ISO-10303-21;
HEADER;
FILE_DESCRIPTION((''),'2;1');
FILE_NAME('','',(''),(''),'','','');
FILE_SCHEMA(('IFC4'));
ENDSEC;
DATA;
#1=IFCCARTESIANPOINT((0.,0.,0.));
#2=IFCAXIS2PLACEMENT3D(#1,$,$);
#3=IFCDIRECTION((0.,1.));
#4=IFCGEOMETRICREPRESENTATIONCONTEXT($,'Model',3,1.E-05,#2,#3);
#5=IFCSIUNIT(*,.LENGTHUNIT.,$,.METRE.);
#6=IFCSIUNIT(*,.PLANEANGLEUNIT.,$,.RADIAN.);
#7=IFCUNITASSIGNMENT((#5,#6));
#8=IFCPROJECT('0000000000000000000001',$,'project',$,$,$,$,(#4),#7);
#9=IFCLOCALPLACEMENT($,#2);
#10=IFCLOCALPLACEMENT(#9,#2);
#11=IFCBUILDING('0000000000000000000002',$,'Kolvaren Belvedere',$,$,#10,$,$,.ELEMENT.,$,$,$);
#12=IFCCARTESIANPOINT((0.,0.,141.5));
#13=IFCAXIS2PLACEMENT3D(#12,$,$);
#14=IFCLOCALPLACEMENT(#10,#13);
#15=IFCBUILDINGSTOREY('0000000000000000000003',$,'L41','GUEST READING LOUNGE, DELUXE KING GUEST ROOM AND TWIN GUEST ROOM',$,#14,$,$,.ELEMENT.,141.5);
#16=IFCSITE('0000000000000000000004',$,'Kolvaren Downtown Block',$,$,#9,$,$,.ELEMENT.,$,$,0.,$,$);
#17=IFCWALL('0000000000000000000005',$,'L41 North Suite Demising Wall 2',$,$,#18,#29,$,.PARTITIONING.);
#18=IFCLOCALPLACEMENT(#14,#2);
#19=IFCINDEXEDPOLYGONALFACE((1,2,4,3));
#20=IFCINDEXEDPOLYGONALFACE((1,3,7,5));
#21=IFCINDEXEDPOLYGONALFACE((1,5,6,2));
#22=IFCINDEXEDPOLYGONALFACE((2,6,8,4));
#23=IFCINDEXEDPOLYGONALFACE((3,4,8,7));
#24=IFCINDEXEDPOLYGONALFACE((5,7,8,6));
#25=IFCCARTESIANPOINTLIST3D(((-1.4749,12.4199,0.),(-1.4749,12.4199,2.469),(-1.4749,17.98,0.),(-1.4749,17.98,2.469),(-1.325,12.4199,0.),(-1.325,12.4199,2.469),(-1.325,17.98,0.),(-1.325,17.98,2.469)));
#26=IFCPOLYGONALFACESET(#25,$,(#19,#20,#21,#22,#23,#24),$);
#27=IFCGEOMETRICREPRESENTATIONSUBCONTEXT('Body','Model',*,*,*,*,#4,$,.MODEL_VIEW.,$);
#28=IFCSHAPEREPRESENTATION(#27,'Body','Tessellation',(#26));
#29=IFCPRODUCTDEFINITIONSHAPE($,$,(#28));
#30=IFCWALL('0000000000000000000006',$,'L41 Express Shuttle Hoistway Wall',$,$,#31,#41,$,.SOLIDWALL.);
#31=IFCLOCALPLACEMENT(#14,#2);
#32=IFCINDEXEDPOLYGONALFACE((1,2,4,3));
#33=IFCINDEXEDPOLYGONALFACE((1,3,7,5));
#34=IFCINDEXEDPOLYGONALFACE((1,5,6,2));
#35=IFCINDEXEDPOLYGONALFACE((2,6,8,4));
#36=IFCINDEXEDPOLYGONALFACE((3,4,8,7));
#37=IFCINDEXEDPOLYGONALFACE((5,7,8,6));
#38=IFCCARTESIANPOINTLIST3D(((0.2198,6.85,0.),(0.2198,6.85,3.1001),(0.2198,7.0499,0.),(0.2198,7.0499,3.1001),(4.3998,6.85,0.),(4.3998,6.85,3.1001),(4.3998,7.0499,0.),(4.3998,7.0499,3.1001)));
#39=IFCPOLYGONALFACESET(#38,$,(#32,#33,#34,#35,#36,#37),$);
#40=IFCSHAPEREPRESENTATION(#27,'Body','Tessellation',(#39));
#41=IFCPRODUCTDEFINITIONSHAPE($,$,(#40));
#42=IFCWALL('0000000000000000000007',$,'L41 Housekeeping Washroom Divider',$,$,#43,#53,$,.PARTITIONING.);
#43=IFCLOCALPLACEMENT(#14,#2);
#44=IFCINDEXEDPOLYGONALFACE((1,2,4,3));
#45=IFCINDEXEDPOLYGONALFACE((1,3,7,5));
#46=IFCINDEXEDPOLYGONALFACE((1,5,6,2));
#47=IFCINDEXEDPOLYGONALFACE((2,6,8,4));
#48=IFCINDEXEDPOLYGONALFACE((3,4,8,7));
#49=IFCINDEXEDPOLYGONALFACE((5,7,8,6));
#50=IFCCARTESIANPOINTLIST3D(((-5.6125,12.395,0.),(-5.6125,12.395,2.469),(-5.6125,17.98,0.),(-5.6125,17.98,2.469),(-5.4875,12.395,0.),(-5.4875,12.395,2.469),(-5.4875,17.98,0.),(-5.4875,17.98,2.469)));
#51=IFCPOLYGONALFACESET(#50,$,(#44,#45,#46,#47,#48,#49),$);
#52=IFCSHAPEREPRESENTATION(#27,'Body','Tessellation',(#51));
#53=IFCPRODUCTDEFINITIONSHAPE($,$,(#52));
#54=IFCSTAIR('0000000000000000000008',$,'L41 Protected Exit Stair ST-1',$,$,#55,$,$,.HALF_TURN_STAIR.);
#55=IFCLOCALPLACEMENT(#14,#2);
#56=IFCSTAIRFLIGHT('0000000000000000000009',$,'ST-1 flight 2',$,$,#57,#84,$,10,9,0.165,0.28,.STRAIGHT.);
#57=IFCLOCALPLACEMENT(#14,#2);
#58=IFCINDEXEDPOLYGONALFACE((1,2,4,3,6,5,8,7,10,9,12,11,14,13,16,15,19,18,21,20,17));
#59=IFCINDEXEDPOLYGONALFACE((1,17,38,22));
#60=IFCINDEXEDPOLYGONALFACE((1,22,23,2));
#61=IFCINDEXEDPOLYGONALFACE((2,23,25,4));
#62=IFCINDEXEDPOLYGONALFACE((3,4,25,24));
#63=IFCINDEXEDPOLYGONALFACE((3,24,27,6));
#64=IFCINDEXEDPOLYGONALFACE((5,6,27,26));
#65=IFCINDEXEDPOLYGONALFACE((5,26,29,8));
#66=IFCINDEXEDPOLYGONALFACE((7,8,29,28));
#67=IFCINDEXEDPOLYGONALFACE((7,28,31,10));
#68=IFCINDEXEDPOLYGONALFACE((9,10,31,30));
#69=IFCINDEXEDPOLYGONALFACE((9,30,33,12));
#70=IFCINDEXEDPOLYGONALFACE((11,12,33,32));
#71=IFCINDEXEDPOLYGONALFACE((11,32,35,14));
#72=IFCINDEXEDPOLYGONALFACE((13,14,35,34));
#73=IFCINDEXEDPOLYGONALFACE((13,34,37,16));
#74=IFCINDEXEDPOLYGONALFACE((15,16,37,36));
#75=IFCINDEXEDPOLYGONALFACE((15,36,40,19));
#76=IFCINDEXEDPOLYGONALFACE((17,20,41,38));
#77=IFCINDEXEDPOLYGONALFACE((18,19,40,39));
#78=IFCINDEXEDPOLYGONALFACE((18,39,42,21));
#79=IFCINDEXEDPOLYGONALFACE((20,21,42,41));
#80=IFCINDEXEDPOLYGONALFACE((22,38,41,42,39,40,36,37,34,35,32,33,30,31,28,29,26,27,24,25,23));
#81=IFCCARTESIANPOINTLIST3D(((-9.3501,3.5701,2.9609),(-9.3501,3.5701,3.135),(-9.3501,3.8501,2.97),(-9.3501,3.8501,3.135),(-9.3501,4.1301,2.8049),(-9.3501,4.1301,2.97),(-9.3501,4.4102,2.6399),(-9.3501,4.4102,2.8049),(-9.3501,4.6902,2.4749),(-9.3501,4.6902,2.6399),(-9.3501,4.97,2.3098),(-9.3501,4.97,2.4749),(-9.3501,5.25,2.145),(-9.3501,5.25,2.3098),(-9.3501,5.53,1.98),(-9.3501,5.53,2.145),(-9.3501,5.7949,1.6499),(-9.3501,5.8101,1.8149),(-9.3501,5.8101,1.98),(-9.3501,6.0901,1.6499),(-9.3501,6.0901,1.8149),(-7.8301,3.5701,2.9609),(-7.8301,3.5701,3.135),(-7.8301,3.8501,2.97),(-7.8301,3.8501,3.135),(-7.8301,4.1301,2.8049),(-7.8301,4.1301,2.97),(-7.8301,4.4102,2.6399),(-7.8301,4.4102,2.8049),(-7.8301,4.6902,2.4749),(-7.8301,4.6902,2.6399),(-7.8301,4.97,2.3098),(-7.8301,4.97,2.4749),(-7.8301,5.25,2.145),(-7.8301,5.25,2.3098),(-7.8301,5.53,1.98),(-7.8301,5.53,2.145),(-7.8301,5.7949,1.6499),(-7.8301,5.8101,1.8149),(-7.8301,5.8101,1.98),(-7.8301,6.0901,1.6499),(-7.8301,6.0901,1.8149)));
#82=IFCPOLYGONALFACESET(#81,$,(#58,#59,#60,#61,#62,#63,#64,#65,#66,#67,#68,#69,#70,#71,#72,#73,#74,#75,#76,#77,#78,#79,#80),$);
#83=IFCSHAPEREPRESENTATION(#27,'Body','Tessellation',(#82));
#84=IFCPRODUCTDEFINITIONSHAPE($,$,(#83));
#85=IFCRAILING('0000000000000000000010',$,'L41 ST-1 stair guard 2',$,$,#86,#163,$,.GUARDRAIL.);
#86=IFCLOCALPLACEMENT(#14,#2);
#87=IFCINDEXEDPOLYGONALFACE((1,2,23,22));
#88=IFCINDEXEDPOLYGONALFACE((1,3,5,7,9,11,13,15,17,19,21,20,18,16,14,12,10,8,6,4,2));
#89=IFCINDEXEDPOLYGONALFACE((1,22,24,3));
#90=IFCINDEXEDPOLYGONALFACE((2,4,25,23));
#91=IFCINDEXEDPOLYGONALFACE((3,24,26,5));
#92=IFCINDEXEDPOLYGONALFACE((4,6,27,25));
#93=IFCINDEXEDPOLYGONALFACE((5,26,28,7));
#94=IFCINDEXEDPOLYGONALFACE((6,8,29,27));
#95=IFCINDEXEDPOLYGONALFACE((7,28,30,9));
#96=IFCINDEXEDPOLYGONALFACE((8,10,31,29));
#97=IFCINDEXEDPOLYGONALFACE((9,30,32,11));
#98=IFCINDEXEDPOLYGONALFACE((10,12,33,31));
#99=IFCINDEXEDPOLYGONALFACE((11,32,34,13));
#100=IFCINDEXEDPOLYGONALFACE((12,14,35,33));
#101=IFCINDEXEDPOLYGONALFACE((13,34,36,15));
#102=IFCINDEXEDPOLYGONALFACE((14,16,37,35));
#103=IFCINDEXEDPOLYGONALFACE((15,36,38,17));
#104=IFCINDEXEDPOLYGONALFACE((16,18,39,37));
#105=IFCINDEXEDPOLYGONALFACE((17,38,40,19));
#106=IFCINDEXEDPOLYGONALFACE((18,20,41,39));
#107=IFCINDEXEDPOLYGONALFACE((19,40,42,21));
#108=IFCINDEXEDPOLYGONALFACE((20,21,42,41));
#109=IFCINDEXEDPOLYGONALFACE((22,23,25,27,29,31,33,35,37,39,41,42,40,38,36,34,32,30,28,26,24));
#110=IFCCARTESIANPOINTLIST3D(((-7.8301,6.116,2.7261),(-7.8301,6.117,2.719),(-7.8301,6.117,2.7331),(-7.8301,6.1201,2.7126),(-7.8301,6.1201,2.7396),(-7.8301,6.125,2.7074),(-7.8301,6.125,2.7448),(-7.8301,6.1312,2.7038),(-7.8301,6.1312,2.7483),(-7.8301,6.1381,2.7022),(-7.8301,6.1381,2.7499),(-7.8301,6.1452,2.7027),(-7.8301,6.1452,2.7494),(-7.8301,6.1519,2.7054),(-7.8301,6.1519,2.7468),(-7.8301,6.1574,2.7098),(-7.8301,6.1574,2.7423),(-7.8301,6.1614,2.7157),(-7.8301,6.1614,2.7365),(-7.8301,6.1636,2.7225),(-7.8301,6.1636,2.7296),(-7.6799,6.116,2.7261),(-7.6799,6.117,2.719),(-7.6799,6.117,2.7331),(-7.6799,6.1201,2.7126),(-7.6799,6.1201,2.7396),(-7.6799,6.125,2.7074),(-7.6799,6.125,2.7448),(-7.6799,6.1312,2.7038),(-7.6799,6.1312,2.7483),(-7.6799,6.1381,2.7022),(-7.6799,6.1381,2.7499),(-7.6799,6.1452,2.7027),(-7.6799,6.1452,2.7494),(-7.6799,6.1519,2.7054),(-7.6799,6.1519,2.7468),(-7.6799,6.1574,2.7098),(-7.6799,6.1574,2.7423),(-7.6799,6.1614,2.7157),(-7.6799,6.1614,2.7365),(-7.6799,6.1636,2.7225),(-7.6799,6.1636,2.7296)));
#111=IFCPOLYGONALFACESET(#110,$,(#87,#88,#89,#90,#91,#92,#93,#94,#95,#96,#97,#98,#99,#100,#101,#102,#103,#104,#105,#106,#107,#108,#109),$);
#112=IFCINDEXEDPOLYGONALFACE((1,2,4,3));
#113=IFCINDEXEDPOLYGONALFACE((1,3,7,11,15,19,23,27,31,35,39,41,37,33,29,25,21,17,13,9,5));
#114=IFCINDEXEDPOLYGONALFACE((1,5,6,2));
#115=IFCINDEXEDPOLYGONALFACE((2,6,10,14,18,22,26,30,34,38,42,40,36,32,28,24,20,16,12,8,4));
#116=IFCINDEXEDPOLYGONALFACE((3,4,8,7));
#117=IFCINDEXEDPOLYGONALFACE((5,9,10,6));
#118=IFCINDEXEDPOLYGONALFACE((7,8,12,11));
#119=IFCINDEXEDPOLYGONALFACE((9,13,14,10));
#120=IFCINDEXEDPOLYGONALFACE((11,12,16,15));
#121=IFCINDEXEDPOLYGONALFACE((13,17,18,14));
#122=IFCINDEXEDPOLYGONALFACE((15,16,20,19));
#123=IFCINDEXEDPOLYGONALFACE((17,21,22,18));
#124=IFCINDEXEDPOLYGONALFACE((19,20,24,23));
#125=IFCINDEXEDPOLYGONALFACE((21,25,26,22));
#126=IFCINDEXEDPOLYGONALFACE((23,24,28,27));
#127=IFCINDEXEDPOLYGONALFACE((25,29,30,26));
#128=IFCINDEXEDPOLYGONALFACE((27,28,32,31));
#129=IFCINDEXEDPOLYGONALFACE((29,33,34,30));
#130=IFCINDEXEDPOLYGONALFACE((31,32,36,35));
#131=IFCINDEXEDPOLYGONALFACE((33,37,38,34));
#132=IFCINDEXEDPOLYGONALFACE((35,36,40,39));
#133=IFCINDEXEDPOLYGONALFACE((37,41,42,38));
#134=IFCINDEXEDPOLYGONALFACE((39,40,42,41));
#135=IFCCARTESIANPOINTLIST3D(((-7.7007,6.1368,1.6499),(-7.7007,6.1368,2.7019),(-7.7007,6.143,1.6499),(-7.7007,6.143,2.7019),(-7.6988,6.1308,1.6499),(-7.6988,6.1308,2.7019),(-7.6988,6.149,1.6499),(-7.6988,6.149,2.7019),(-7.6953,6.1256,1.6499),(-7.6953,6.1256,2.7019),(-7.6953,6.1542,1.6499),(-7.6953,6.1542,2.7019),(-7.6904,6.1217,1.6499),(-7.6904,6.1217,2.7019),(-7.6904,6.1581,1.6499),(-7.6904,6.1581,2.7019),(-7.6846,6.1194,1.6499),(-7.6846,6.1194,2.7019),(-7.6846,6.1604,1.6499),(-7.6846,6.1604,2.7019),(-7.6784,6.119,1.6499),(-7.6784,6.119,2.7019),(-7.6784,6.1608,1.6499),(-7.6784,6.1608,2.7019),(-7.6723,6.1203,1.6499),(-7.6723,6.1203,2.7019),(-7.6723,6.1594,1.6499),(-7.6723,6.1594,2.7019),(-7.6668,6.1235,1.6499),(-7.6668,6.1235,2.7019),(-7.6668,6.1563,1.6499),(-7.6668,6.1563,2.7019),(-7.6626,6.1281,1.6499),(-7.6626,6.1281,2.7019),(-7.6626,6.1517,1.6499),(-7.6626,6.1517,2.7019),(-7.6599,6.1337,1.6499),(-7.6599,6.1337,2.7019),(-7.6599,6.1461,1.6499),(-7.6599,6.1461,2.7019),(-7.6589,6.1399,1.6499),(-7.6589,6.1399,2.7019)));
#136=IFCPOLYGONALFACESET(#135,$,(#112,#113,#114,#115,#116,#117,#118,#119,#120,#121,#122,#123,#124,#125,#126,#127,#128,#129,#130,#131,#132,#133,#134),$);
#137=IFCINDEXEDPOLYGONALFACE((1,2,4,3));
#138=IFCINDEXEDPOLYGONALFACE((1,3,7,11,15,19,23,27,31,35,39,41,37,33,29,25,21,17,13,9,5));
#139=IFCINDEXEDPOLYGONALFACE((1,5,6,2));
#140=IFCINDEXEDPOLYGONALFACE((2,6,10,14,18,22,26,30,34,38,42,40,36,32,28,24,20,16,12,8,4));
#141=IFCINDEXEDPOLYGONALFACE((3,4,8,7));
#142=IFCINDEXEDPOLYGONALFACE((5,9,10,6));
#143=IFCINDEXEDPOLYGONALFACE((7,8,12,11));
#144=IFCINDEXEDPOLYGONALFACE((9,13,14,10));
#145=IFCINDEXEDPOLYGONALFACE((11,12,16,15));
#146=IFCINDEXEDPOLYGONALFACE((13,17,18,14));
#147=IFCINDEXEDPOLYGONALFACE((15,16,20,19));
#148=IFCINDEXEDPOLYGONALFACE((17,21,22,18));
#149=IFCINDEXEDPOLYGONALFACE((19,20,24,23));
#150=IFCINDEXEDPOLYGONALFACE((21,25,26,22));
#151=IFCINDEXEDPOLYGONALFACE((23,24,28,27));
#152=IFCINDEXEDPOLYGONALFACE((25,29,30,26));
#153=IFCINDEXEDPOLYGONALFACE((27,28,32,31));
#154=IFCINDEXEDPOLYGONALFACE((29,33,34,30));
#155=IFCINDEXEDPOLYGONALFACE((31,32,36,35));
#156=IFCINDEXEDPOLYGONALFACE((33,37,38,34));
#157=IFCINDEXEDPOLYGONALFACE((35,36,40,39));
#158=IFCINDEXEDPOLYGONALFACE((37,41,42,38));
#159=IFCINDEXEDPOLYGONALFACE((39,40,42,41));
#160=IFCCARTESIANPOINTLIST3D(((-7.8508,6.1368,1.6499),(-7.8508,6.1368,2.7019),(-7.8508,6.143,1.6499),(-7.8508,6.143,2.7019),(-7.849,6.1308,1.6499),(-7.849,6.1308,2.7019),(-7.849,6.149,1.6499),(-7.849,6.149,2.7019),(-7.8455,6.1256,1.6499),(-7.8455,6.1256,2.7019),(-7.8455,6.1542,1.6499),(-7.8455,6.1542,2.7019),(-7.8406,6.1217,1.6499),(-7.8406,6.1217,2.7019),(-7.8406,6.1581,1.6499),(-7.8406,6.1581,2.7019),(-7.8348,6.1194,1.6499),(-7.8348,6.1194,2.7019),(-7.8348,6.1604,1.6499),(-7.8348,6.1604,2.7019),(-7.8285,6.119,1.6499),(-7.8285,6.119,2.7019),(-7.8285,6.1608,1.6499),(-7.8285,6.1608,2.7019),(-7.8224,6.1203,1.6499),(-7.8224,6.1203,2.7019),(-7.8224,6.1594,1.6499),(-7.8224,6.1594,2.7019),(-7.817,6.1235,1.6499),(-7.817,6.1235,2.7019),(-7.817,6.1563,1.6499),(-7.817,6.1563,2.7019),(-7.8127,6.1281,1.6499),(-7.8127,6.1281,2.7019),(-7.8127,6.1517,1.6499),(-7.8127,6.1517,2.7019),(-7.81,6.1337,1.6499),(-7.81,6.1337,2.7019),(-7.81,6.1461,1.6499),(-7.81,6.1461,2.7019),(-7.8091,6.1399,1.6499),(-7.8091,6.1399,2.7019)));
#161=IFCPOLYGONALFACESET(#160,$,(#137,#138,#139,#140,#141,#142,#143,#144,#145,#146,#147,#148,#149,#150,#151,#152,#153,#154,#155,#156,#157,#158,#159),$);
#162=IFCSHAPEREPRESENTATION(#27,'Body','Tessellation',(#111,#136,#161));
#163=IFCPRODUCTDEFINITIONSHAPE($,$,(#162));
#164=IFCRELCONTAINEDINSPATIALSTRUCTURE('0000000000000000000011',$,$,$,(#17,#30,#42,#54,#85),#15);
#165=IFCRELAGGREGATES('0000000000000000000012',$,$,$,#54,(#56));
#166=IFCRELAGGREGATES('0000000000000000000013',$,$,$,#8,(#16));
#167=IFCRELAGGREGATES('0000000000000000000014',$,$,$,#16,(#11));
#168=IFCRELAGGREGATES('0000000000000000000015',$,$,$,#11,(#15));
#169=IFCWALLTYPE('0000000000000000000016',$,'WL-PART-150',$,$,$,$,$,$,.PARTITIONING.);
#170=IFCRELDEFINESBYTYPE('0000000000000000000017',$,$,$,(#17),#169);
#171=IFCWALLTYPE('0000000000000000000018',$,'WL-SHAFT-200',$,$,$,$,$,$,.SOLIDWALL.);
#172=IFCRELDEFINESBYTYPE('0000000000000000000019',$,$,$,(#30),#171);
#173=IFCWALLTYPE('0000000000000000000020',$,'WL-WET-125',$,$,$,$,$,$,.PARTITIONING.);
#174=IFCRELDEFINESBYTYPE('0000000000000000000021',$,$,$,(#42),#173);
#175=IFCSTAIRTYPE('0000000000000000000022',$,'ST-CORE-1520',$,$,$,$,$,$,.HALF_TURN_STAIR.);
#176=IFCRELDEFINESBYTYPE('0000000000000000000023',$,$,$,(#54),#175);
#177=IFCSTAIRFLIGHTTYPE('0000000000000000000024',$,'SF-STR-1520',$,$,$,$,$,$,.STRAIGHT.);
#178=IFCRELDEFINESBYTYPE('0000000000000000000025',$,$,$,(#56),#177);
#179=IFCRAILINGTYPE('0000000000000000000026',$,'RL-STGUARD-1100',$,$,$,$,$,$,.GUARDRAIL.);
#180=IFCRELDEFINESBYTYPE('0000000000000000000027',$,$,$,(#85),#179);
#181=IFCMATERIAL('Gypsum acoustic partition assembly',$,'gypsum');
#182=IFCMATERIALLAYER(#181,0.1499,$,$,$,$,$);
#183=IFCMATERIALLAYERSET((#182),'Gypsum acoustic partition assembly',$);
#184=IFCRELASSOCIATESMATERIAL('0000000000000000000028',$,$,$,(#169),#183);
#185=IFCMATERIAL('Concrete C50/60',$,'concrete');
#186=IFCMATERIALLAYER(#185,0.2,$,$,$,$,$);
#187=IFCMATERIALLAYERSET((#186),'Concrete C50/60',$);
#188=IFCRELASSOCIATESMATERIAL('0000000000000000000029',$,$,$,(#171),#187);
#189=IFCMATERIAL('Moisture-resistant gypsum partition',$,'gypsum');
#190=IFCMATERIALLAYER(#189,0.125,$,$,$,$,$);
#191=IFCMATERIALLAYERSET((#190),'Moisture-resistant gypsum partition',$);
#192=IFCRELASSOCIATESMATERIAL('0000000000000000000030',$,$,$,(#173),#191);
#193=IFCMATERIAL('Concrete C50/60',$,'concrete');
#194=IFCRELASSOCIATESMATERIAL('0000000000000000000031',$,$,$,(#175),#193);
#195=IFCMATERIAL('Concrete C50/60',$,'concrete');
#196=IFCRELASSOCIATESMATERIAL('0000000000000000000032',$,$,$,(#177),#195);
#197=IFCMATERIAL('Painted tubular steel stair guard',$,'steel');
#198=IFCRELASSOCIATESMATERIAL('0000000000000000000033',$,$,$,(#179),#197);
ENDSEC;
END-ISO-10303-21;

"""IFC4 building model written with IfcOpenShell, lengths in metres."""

from ifc_helpers import new_model, si_unit, direction, frame, frame_2d, origin, origin_2d, place, context, subcontext, project, spatial, polyline, rectangle, circle, outline, extrude, material, layer, layer_set, type_object, element, aggregate, save


model = new_model("IFC4")

# Units and contexts
model_context = context("Model", 3, precision=1e-05, world=origin(), true_north=direction((0.0, 1.0)))
body_context = subcontext(model_context, "Body", "Model", "MODEL_VIEW")
ifc_project = project(units=[si_unit("LENGTHUNIT", "METRE"), si_unit("PLANEANGLEUNIT", "RADIAN")], contexts=[model_context])

# Site, building, storey
site_placement = place(None, origin())
site = spatial("IfcSite", under=ifc_project, at=site_placement, Name="Kolvaren Downtown Block", CompositionType="ELEMENT", RefElevation=0.0)
building_placement = place(site_placement, origin())
building = spatial("IfcBuilding", under=site, at=building_placement, Name="Kolvaren Belvedere", CompositionType="ELEMENT")
storey_placement = place(building_placement, frame((0.0, 0.0, 141.5)))
storey = spatial("IfcBuildingStorey", under=building, at=storey_placement, Name="L41", Description="GUEST READING LOUNGE, DELUXE KING GUEST ROOM AND TWIN GUEST ROOM", CompositionType="ELEMENT", Elevation=141.5)

# Walls
ifc_material_1 = material(Name="Gypsum acoustic partition assembly", Category="gypsum")
ifc_layer_1 = layer(ifc_material_1, 0.1499)
ifc_layer_set_1 = layer_set([ifc_layer_1], Name="Gypsum acoustic partition assembly")
wall_type_1 = type_object("IfcWallType", Name="WL-PART-150", PredefinedType="PARTITIONING", material=ifc_layer_set_1)
for number, where, z_axis, x_axis, name in (
    (1, (-1.3999, 12.4199, 0.0), (0.0, 0.0, 1.0), (0.0, 1.0, 0.0), "L41 North Suite Demising Wall 2"),
):
    element("IfcWall", number, at=place(storey_placement, frame(where, z_axis=z_axis, x_axis=x_axis)), inside=storey, type_object=wall_type_1, Name=name, PredefinedType="PARTITIONING", context=body_context, shape_type="SweptSolid", body=[
        extrude(rectangle(XDim=5.5601, YDim=0.1499, at=frame_2d((2.78, 0.0))), origin(), (0.0, 0.0, 1.0), 2.469),
    ])
ifc_material_2 = material(Name="Concrete C50/60", Category="concrete")
ifc_layer_2 = layer(ifc_material_2, 0.2)
ifc_layer_set_2 = layer_set([ifc_layer_2], Name="Concrete C50/60")
wall_type_2 = type_object("IfcWallType", Name="WL-SHAFT-200", PredefinedType="SOLIDWALL", material=ifc_layer_set_2)
wall_1_placement = place(storey_placement, frame((0.22, 6.95, 0.0), z_axis=(0.0, 0.0, 1.0), x_axis=(1.0, 0.0, 0.0)))
element("IfcWall", 2, at=wall_1_placement, inside=storey, type_object=wall_type_2, Name="L41 Express Shuttle Hoistway Wall", PredefinedType="SOLIDWALL", context=body_context, shape_type="SweptSolid", body=[
    extrude(rectangle(XDim=4.1799, YDim=0.2, at=frame_2d((2.0898, 0.0))), origin(), (0.0, 0.0, 1.0), 3.1001),
])
ifc_material_3 = material(Name="Moisture-resistant gypsum partition", Category="gypsum")
ifc_layer_3 = layer(ifc_material_3, 0.125)
ifc_layer_set_3 = layer_set([ifc_layer_3], Name="Moisture-resistant gypsum partition")
wall_type_3 = type_object("IfcWallType", Name="WL-WET-125", PredefinedType="PARTITIONING", material=ifc_layer_set_3)
wall_2_placement = place(storey_placement, frame((-5.55, 12.395, 0.0), z_axis=(0.0, 0.0, 1.0), x_axis=(0.0, 1.0, 0.0)))
element("IfcWall", 3, at=wall_2_placement, inside=storey, type_object=wall_type_3, Name="L41 Housekeeping Washroom Divider", PredefinedType="PARTITIONING", context=body_context, shape_type="SweptSolid", body=[
    extrude(rectangle(XDim=5.585, YDim=0.125, at=frame_2d((2.7925, 0.0))), origin(), (0.0, 0.0, 1.0), 2.469),
])

# Stair, stair flight
ifc_material_4 = material(Name="Concrete C50/60", Category="concrete")
stair_type = type_object("IfcStairType", Name="ST-CORE-1520", PredefinedType="HALF_TURN_STAIR", material=ifc_material_4)
stair_placement = place(storey_placement, origin())
stair = element("IfcStair", 4, at=stair_placement, inside=storey, type_object=stair_type, Name="L41 Protected Exit Stair ST-1", PredefinedType="HALF_TURN_STAIR")
ifc_material_5 = material(Name="Concrete C50/60", Category="concrete")
stair_flight_type = type_object("IfcStairFlightType", Name="SF-STR-1520", PredefinedType="STRAIGHT", material=ifc_material_5)
stair_flight_placement = place(storey_placement, frame((-8.5901, 6.0901, 1.6499), z_axis=(0.0, 0.0, 1.0), x_axis=(0.0, -1.0, 0.0)))
stair_flight = element("IfcStairFlight", 5, at=stair_flight_placement, type_object=stair_flight_type, Name="ST-1 flight 2", NumberOfRisers=10, NumberOfTreads=9, PredefinedType="STRAIGHT", RiserHeight=0.165, TreadLength=0.28, context=body_context, shape_type="SweptSolid", body=[
    extrude(outline(polyline([(0.0, 0.0), (0.0, 0.165), (0.28, 0.165), (0.28, 0.3301), (0.5601, 0.3301), (0.5601, 0.4951), (0.8401, 0.4951), (0.8401, 0.6599), (1.1201, 0.6599), (1.1201, 0.825), (1.3999, 0.825), (1.3999, 0.99), (1.6799, 0.99), (1.6799, 1.155), (1.96, 1.155), (1.96, 1.3201), (2.24, 1.3201), (2.24, 1.4851), (2.52, 1.4851), (2.52, 1.6499), (2.52, 1.311), (0.2952, 0.0), (0.0, 0.0)])), frame((0.0, 0.76, 0.0), z_axis=(0.0, -1.0, 0.0), x_axis=(1.0, 0.0, 0.0)), (0.0, 0.0, 1.0), 1.52),
])
aggregate(stair, [stair_flight])

# Railing
ifc_material_6 = material(Name="Painted tubular steel stair guard", Category="steel")
railing_type = type_object("IfcRailingType", Name="RL-STGUARD-1100", PredefinedType="GUARDRAIL", material=ifc_material_6)
railing_1_placement = place(storey_placement, frame((-7.6799, 6.1399, 1.6499)))
element("IfcRailing", 6, at=railing_1_placement, inside=storey, type_object=railing_type, Name="L41 ST-1 stair guard 2", PredefinedType="GUARDRAIL", context=body_context, shape_type="SweptSolid", body=[
    extrude(circle(Radius=0.0239, at=origin_2d()), frame((0.0, 0.0, 1.0762), z_axis=(-1.0, 0.0, 0.0), x_axis=(0.0, -1.0, 0.0)), (0.0, 0.0, 1.0), 0.1501),
    extrude(circle(Radius=0.021, at=origin_2d()), origin(), (0.0, 0.0, 1.0), 1.052),
    extrude(circle(Radius=0.021, at=origin_2d()), frame((-0.1501, 0.0, 0.0)), (0.0, 0.0, 1.0), 1.052),
])

save(model, "model.ifc")
